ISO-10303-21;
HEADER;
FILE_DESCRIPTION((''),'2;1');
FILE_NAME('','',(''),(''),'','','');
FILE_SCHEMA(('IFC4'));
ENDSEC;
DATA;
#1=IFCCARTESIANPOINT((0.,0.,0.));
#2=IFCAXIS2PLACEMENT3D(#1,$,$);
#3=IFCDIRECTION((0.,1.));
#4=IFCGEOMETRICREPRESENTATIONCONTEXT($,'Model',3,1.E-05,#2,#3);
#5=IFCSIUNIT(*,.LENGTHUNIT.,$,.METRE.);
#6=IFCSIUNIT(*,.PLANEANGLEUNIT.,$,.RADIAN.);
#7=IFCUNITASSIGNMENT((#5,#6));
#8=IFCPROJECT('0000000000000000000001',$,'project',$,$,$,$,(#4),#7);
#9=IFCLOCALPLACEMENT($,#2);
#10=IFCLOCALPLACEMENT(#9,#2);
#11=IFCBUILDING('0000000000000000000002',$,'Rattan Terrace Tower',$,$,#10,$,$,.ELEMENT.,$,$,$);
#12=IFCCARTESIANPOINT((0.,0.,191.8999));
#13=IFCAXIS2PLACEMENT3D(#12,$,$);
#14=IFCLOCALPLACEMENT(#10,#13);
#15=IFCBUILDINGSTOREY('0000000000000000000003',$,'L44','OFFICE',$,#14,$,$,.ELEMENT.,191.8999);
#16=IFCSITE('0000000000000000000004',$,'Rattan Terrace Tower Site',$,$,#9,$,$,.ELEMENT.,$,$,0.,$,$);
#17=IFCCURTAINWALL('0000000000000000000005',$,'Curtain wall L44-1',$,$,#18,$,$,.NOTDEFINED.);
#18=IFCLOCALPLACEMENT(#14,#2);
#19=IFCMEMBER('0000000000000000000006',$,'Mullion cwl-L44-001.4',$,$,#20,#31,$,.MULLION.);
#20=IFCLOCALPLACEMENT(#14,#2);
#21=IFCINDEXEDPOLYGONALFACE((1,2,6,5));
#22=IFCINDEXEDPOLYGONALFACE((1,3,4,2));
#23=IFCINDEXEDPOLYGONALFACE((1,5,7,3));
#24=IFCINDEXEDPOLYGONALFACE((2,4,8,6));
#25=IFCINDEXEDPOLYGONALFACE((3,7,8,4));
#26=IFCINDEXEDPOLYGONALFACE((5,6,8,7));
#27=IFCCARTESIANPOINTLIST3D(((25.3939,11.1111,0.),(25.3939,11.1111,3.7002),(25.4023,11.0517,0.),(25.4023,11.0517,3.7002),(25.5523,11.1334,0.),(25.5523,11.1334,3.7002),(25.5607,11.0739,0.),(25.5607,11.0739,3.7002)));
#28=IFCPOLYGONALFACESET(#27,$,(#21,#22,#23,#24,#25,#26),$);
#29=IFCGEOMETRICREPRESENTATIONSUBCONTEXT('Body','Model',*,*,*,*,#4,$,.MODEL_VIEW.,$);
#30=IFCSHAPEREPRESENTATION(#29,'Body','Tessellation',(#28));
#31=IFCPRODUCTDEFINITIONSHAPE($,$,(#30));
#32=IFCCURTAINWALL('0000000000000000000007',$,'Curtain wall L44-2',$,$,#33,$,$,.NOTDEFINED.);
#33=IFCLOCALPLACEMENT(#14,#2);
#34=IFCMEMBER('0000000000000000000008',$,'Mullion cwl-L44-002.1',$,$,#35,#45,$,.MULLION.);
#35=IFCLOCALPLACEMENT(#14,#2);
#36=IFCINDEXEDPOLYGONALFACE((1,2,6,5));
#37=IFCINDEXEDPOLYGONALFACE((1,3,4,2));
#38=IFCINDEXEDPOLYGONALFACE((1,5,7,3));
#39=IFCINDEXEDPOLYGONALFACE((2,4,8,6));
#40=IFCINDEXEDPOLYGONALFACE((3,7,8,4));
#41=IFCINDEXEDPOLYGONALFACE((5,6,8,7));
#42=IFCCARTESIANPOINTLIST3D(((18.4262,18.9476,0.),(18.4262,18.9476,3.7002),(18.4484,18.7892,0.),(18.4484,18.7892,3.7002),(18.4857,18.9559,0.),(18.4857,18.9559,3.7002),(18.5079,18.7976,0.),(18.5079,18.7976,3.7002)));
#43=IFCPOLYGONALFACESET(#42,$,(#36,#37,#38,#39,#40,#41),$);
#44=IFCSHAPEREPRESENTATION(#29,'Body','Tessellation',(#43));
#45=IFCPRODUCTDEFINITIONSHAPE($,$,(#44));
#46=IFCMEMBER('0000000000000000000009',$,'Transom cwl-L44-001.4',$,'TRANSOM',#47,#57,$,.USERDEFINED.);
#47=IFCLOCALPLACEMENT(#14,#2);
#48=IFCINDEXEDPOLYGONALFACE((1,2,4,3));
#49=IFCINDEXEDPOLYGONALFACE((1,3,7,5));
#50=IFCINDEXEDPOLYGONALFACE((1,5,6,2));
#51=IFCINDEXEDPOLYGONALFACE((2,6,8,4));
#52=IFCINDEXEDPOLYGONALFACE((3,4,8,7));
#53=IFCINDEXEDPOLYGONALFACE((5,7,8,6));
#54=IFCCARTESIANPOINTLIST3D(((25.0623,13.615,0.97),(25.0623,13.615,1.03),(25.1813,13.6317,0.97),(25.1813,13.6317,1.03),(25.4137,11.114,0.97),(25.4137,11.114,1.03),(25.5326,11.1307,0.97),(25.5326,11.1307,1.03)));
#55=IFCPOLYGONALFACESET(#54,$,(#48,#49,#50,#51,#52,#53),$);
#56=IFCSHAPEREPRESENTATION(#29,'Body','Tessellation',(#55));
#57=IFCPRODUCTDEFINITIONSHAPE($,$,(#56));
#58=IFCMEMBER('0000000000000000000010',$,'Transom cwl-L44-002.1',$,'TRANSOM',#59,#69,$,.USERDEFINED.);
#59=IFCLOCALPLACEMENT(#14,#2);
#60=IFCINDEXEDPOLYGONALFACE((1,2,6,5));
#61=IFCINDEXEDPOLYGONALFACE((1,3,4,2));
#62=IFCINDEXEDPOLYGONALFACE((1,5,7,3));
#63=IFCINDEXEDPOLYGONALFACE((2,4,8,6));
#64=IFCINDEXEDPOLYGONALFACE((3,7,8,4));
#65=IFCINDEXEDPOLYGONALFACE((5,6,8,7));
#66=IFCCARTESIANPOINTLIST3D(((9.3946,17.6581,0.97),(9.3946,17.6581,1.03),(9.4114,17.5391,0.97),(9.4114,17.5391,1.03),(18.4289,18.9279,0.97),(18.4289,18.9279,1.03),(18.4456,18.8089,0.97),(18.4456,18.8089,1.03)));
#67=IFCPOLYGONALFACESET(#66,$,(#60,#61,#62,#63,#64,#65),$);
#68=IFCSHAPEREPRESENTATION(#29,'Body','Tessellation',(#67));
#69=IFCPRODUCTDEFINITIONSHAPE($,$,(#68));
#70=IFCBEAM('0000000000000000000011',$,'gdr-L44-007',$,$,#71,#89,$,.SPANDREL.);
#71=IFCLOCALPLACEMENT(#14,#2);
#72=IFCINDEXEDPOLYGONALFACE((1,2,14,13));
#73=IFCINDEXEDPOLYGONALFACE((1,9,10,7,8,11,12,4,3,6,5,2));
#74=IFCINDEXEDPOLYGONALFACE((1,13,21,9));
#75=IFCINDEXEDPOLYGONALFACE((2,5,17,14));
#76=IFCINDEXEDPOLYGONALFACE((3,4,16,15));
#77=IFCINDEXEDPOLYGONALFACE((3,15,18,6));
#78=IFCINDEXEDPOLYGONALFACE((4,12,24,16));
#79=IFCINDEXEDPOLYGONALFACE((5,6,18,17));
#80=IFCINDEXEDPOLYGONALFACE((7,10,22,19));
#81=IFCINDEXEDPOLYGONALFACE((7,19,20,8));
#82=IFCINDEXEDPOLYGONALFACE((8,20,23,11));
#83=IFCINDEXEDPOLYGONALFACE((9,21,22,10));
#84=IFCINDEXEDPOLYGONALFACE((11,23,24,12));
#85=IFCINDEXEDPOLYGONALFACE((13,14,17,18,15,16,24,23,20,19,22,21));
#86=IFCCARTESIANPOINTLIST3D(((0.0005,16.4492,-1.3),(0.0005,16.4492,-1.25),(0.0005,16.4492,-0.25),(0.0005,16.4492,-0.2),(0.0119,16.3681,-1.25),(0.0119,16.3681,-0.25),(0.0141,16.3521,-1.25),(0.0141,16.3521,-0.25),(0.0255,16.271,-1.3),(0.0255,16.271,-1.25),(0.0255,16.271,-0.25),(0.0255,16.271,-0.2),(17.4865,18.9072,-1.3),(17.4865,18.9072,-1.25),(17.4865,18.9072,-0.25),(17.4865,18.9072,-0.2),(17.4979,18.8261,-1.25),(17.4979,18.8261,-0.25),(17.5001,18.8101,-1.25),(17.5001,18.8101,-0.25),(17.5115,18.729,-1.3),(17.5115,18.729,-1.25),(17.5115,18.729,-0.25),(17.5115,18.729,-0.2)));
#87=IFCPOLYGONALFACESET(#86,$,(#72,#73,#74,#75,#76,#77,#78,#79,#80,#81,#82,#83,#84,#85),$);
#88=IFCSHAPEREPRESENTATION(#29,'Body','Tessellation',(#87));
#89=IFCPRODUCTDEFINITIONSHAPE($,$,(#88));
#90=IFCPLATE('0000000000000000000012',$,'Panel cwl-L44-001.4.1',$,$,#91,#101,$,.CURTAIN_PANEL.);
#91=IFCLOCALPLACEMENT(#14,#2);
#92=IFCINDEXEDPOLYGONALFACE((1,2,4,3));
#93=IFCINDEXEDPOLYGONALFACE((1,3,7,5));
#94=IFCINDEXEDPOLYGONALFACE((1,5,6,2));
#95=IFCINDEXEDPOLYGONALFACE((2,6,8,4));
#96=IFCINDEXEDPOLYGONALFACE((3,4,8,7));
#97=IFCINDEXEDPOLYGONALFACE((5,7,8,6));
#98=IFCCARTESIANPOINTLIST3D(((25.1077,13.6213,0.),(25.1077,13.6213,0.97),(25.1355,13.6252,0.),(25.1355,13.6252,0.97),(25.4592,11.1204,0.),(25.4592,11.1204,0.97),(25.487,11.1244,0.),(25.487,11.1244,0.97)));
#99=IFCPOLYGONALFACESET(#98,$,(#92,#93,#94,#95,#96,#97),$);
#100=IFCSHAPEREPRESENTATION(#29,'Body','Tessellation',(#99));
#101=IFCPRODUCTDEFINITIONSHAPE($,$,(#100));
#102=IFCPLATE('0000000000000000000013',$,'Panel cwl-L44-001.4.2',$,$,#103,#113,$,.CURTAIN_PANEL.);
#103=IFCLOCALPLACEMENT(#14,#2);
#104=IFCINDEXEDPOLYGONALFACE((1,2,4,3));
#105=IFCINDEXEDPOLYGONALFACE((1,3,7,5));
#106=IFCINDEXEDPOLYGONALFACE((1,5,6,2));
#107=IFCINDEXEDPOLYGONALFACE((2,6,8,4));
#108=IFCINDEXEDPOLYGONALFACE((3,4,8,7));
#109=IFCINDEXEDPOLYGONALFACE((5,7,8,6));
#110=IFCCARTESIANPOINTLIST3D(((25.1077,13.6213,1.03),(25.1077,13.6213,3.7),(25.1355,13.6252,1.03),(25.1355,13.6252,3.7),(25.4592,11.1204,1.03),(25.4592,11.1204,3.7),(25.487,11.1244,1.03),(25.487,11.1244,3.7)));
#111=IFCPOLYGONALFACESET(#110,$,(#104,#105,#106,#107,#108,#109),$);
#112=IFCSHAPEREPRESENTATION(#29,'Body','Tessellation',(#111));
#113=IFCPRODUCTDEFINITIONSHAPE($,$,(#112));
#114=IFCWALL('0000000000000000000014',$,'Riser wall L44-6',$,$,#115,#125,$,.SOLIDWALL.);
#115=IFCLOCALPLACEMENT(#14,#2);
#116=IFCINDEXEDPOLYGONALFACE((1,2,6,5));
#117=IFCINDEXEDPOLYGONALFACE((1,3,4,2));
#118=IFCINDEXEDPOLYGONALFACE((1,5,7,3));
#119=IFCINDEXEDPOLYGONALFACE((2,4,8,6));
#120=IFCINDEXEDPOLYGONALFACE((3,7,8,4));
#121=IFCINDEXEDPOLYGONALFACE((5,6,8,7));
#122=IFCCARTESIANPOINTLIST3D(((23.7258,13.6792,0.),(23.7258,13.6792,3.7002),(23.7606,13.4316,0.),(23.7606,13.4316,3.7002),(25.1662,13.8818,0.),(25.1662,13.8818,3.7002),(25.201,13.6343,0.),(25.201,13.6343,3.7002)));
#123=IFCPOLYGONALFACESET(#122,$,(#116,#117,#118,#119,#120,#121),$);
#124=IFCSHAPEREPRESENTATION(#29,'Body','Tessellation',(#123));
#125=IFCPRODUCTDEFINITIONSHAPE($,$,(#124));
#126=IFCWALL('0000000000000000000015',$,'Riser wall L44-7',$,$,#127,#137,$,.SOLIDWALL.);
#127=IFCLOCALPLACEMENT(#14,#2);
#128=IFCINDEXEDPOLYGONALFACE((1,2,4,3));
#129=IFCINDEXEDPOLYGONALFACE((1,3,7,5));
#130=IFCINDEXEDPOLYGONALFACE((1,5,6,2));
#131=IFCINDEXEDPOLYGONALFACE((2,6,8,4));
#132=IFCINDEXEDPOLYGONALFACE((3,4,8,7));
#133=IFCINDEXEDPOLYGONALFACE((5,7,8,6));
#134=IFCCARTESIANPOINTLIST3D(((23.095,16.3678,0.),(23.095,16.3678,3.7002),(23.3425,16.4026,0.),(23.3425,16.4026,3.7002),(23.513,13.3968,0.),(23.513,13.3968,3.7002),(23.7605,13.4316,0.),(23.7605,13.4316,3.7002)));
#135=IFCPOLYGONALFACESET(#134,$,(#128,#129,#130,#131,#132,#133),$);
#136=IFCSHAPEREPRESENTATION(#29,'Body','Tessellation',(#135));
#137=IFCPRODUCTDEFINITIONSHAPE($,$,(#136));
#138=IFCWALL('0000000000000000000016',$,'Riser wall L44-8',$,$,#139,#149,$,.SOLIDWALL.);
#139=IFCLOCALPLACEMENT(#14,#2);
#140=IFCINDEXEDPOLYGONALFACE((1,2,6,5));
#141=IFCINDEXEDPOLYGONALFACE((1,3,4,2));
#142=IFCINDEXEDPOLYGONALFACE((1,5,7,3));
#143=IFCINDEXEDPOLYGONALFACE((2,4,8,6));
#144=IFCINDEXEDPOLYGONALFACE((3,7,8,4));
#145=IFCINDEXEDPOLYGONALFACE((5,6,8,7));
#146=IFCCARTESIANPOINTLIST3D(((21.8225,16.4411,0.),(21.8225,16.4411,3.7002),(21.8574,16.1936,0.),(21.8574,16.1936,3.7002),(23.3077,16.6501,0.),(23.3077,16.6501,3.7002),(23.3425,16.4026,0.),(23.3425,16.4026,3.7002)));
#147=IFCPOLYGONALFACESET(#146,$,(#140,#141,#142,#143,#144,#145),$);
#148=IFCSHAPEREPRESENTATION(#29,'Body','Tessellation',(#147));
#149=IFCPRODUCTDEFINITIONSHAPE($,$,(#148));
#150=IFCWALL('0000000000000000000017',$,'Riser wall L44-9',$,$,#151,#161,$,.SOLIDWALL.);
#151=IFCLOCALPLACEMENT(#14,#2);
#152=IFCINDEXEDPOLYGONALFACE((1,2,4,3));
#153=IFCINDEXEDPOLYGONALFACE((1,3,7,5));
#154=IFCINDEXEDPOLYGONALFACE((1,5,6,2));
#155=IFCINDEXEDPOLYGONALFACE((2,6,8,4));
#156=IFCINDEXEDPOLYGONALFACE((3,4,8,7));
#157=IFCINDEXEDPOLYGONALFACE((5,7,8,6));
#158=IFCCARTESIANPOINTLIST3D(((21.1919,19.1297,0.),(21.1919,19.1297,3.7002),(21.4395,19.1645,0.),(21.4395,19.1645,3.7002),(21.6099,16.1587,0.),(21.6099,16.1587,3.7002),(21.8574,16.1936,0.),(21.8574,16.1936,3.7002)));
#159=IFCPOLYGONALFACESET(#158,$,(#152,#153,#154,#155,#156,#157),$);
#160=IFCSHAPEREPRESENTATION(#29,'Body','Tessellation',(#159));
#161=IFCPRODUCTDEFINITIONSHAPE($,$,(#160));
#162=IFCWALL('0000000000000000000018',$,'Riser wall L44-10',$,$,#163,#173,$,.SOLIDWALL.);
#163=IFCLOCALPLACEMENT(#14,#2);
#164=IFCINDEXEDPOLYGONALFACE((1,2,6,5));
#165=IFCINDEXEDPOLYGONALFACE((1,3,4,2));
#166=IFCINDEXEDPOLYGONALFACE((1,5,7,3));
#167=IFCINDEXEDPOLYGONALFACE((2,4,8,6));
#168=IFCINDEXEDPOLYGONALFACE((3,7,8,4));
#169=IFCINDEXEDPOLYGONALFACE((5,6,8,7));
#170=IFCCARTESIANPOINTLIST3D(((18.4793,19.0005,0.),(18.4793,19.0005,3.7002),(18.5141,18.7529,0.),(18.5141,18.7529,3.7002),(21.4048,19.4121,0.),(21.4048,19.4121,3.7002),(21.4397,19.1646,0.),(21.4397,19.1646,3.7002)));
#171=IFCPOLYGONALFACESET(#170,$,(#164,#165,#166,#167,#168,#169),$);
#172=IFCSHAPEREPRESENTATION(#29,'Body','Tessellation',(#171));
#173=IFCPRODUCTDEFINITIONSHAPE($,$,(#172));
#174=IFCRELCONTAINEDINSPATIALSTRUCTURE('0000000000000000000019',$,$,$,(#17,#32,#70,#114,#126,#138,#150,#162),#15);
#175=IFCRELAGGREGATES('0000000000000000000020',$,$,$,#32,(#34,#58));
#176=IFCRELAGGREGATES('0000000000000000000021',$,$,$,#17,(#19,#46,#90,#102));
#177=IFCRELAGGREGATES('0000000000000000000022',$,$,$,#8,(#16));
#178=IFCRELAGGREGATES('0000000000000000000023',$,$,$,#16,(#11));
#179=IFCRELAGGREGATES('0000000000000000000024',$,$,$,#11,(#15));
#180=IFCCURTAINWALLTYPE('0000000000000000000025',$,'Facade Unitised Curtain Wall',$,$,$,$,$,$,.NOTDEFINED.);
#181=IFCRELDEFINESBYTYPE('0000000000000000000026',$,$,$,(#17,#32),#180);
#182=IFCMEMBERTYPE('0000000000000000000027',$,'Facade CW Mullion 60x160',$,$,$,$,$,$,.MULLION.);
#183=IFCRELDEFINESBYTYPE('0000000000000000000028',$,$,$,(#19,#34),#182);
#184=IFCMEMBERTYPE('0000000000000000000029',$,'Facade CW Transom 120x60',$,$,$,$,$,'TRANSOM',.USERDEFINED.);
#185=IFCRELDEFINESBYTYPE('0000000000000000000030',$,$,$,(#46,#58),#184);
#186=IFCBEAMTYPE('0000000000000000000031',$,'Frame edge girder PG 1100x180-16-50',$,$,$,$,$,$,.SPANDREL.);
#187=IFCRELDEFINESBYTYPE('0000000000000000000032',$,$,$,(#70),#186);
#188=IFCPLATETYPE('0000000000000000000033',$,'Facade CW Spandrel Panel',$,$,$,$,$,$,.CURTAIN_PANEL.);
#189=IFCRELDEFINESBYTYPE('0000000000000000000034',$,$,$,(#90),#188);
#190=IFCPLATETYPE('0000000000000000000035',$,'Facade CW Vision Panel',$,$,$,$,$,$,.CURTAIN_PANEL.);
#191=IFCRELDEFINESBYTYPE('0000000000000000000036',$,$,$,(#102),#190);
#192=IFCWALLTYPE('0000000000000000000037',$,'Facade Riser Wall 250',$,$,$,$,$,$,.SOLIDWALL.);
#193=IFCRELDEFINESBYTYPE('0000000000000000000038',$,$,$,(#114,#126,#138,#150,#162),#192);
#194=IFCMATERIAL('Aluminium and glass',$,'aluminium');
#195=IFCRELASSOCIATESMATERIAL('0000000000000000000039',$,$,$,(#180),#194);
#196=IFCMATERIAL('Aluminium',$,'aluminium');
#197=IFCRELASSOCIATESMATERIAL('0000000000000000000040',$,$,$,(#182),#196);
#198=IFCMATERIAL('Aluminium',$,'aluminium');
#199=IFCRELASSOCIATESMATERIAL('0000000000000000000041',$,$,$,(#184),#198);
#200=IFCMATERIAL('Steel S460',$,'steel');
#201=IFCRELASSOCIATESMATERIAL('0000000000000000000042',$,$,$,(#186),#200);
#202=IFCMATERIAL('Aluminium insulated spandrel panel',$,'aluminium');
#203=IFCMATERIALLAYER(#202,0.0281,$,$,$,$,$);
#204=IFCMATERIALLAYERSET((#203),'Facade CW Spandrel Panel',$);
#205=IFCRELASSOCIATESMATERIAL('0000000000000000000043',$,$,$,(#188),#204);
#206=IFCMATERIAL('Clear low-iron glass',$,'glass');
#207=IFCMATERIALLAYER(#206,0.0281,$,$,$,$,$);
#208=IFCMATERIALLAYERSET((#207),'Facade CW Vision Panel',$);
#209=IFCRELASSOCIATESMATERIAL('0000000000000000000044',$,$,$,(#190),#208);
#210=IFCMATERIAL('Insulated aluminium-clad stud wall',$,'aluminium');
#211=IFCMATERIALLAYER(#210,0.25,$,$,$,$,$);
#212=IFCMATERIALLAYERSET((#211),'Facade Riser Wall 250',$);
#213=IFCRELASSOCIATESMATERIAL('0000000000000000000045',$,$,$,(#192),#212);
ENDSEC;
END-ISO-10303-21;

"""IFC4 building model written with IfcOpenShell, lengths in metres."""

from ifc_helpers import new_model, si_unit, direction, frame, frame_2d, origin, origin_2d, place, context, subcontext, project, spatial, rectangle, i_section, extrude, material, layer, layer_set, material_profile, profile_set, type_object, element, aggregate, save


model = new_model("IFC4")

# Units and contexts
model_context = context("Model", 3, precision=1e-05, world=origin(), true_north=direction((0.0, 1.0)))
body_context = subcontext(model_context, "Body", "Model", "MODEL_VIEW")
ifc_project = project(units=[si_unit("LENGTHUNIT", "METRE"), si_unit("PLANEANGLEUNIT", "RADIAN")], contexts=[model_context])

# Site, building, storey
site_placement = place(None, origin())
site = spatial("IfcSite", under=ifc_project, at=site_placement, Name="Rattan Terrace Tower Site", CompositionType="ELEMENT", RefElevation=0.0)
building_placement = place(site_placement, origin())
building = spatial("IfcBuilding", under=site, at=building_placement, Name="Rattan Terrace Tower", CompositionType="ELEMENT")
storey_placement = place(building_placement, frame((0.0, 0.0, 191.8999)))
storey = spatial("IfcBuildingStorey", under=building, at=storey_placement, Name="L44", Description="OFFICE", CompositionType="ELEMENT", Elevation=191.8999)

# Curtain walls, members
ifc_material_1 = material(Name="Aluminium and glass", Category="aluminium")
curtain_wall_type = type_object("IfcCurtainWallType", Name="Facade Unitised Curtain Wall", PredefinedType="NOTDEFINED", material=ifc_material_1)
curtain_wall_1_placement = place(storey_placement, origin())
curtain_wall_1 = element("IfcCurtainWall", 1, at=curtain_wall_1_placement, inside=storey, type_object=curtain_wall_type, Name="Curtain wall L44-1", PredefinedType="NOTDEFINED")
ifc_material_2 = material(Name="Aluminium", Category="aluminium")
ifc_material_profile_1 = material_profile(ifc_material_2, rectangle(XDim=0.0601, YDim=0.1599, at=origin_2d()), Name="Aluminium 60x160")
ifc_profile_set_1 = profile_set([ifc_material_profile_1], Name="Aluminium")
member_type_1 = type_object("IfcMemberType", Name="Facade CW Mullion 60x160", PredefinedType="MULLION", material=ifc_profile_set_1)
member_1_placement = place(storey_placement, frame((25.4773, 11.0925, 0.0), z_axis=(0.0, 0.0, 1.0), x_axis=(-0.139191, 0.990266, 0.0)))
member_1 = element("IfcMember", 2, at=member_1_placement, type_object=member_type_1, Name="Mullion cwl-L44-001.4", PredefinedType="MULLION", context=body_context, shape_type="SweptSolid", body=[
    extrude(rectangle(XDim=0.0601, YDim=0.1599, at=origin_2d()), origin(), (0.0, 0.0, 1.0), 3.7002),
])
curtain_wall_2_placement = place(storey_placement, origin())
curtain_wall_2 = element("IfcCurtainWall", 3, at=curtain_wall_2_placement, inside=storey, type_object=curtain_wall_type, Name="Curtain wall L44-2", PredefinedType="NOTDEFINED")
member_2_placement = place(storey_placement, frame((18.467, 18.8726, 0.0), z_axis=(0.0, 0.0, 1.0), x_axis=(-0.99027, -0.139161, 0.0)))
member_2 = element("IfcMember", 4, at=member_2_placement, type_object=member_type_1, Name="Mullion cwl-L44-002.1", PredefinedType="MULLION", context=body_context, shape_type="SweptSolid", body=[
    extrude(rectangle(XDim=0.0601, YDim=0.1599, at=origin_2d()), origin(), (0.0, 0.0, 1.0), 3.7002),
])

# Members
ifc_material_3 = material(Name="Aluminium", Category="aluminium")
ifc_material_profile_2 = material_profile(ifc_material_3, rectangle(XDim=0.1201, YDim=0.0601, at=origin_2d()), Name="Aluminium 120x60")
ifc_profile_set_2 = profile_set([ifc_material_profile_2], Name="Aluminium")
member_type_2 = type_object("IfcMemberType", Name="Facade CW Transom 120x60", ElementType="TRANSOM", PredefinedType="USERDEFINED", material=ifc_profile_set_2)
member_3_placement = place(storey_placement, frame((25.4731, 11.1223, 1.0), z_axis=(-0.139107, 0.990277, 0.0), x_axis=(-0.990277, -0.139107, 0.0)))
member_3 = element("IfcMember", 5, at=member_3_placement, type_object=member_type_2, Name="Transom cwl-L44-001.4", ObjectType="TRANSOM", PredefinedType="USERDEFINED", context=body_context, shape_type="SweptSolid", body=[
    extrude(rectangle(XDim=0.1201, YDim=0.0601, at=origin_2d()), origin(), (0.0, 0.0, 1.0), 2.5256),
])
member_4_placement = place(storey_placement, frame((18.4373, 18.8684, 1.0), z_axis=(-0.990266, -0.139184, 0.0), x_axis=(0.139184, -0.990266, 0.0)))
member_4 = element("IfcMember", 6, at=member_4_placement, type_object=member_type_2, Name="Transom cwl-L44-002.1", ObjectType="TRANSOM", PredefinedType="USERDEFINED", context=body_context, shape_type="SweptSolid", body=[
    extrude(rectangle(XDim=0.1201, YDim=0.0601, at=origin_2d()), origin(), (0.0, 0.0, 1.0), 9.123),
])
aggregate(curtain_wall_2, [member_2, member_4])

# Beam
ifc_material_4 = material(Name="Steel S460", Category="steel")
ifc_material_profile_3 = material_profile(ifc_material_4, i_section(OverallWidth=0.1799, OverallDepth=1.1001, WebThickness=0.0161, FlangeThickness=0.05, at=origin_2d()), Name="PG 1100x180-16-50")
ifc_profile_set_3 = profile_set([ifc_material_profile_3], Name="Steel S460")
beam_type = type_object("IfcBeamType", Name="Frame edge girder PG 1100x180-16-50", PredefinedType="SPANDREL", material=ifc_profile_set_3)
beam_placement = place(storey_placement, frame((17.499, 18.8181, -0.75), z_axis=(-0.990264, -0.139201, 0.0), x_axis=(0.139201, -0.990264, 0.0)))
element("IfcBeam", 7, at=beam_placement, inside=storey, type_object=beam_type, Name="gdr-L44-007", PredefinedType="SPANDREL", context=body_context, shape_type="SweptSolid", body=[
    extrude(i_section(OverallWidth=0.1799, OverallDepth=1.1001, WebThickness=0.0161, FlangeThickness=0.05, at=origin_2d()), origin(), (0.0, 0.0, 1.0), 17.658),
])

# Plates
ifc_material_5 = material(Name="Aluminium insulated spandrel panel", Category="aluminium")
ifc_layer_1 = layer(ifc_material_5, 0.0281)
ifc_layer_set_1 = layer_set([ifc_layer_1], Name="Facade CW Spandrel Panel")
plate_type_1 = type_object("IfcPlateType", Name="Facade CW Spandrel Panel", PredefinedType="CURTAIN_PANEL", material=ifc_layer_set_1)
plate_1_placement = place(storey_placement, frame((25.2974, 12.3728, 0.0), z_axis=(0.0, 0.0, 1.0), x_axis=(-0.139191, 0.990266, 0.0)))
plate_1 = element("IfcPlate", 8, at=plate_1_placement, type_object=plate_type_1, Name="Panel cwl-L44-001.4.1", PredefinedType="CURTAIN_PANEL", context=body_context, shape_type="SweptSolid", body=[
    extrude(rectangle(XDim=2.5254, YDim=0.0281, at=origin_2d()), origin(), (0.0, 0.0, 1.0), 0.97),
])
ifc_material_6 = material(Name="Clear low-iron glass", Category="glass")
ifc_layer_2 = layer(ifc_material_6, 0.0281)
ifc_layer_set_2 = layer_set([ifc_layer_2], Name="Facade CW Vision Panel")
plate_type_2 = type_object("IfcPlateType", Name="Facade CW Vision Panel", PredefinedType="CURTAIN_PANEL", material=ifc_layer_set_2)
plate_2_placement = place(storey_placement, frame((25.2974, 12.3728, 1.03), z_axis=(0.0, 0.0, 1.0), x_axis=(-0.139191, 0.990266, 0.0)))
plate_2 = element("IfcPlate", 9, at=plate_2_placement, type_object=plate_type_2, Name="Panel cwl-L44-001.4.2", PredefinedType="CURTAIN_PANEL", context=body_context, shape_type="SweptSolid", body=[
    extrude(rectangle(XDim=2.5254, YDim=0.0281, at=origin_2d()), origin(), (0.0, 0.0, 1.0), 2.6699),
])
aggregate(curtain_wall_1, [member_1, member_3, plate_1, plate_2])

# Walls
ifc_material_7 = material(Name="Insulated aluminium-clad stud wall", Category="aluminium")
ifc_layer_3 = layer(ifc_material_7, 0.25)
ifc_layer_set_3 = layer_set([ifc_layer_3], Name="Facade Riser Wall 250")
wall_type_1 = type_object("IfcWallType", Name="Facade Riser Wall 250", PredefinedType="SOLIDWALL", material=ifc_layer_set_3)
wall_1_placement = place(storey_placement, frame((25.1836, 13.7581, 0.0), z_axis=(0.0, 0.0, 1.0), x_axis=(-0.990249, -0.139306, 0.0)))
element("IfcWall", 10, at=wall_1_placement, inside=storey, type_object=wall_type_1, Name="Riser wall L44-6", PredefinedType="SOLIDWALL", context=body_context, shape_type="SweptSolid", body=[
    extrude(rectangle(XDim=1.4546, YDim=0.25, at=frame_2d((0.7273, 0.0))), origin(), (0.0, 0.0, 1.0), 3.7002),
])
wall_2_placement = place(storey_placement, frame((23.6367, 13.4143, 0.0), z_axis=(0.0, 0.0, 1.0), x_axis=(-0.139313, 0.990248, 0.0)))
element("IfcWall", 11, at=wall_2_placement, inside=storey, type_object=wall_type_1, Name="Riser wall L44-7", PredefinedType="SOLIDWALL", context=body_context, shape_type="SweptSolid", body=[
    extrude(rectangle(XDim=3.0002, YDim=0.25, at=frame_2d((1.5, 0.0))), origin(), (0.0, 0.0, 1.0), 3.7002),
])
wall_3_placement = place(storey_placement, frame((23.3252, 16.5264, 0.0), z_axis=(0.0, 0.0, 1.0), x_axis=(-0.990244, -0.139347, 0.0)))
element("IfcWall", 12, at=wall_3_placement, inside=storey, type_object=wall_type_1, Name="Riser wall L44-8", PredefinedType="SOLIDWALL", context=body_context, shape_type="SweptSolid", body=[
    extrude(rectangle(XDim=1.4998, YDim=0.25, at=frame_2d((0.75, 0.0))), origin(), (0.0, 0.0, 1.0), 3.7002),
])
wall_4_placement = place(storey_placement, frame((21.7336, 16.1763, 0.0), z_axis=(0.0, 0.0, 1.0), x_axis=(-0.139313, 0.990248, 0.0)))
element("IfcWall", 13, at=wall_4_placement, inside=storey, type_object=wall_type_1, Name="Riser wall L44-9", PredefinedType="SOLIDWALL", context=body_context, shape_type="SweptSolid", body=[
    extrude(rectangle(XDim=3.0002, YDim=0.25, at=frame_2d((1.5, 0.0))), origin(), (0.0, 0.0, 1.0), 3.7002),
])
wall_5_placement = place(storey_placement, frame((21.4221, 19.2883, 0.0), z_axis=(0.0, 0.0, 1.0), x_axis=(-0.990246, -0.139327, 0.0)))
element("IfcWall", 14, at=wall_5_placement, inside=storey, type_object=wall_type_1, Name="Riser wall L44-10", PredefinedType="SOLIDWALL", context=body_context, shape_type="SweptSolid", body=[
    extrude(rectangle(XDim=2.9543, YDim=0.25, at=frame_2d((1.4771, 0.0))), origin(), (0.0, 0.0, 1.0), 3.7002),
])

save(model, "model.ifc")
